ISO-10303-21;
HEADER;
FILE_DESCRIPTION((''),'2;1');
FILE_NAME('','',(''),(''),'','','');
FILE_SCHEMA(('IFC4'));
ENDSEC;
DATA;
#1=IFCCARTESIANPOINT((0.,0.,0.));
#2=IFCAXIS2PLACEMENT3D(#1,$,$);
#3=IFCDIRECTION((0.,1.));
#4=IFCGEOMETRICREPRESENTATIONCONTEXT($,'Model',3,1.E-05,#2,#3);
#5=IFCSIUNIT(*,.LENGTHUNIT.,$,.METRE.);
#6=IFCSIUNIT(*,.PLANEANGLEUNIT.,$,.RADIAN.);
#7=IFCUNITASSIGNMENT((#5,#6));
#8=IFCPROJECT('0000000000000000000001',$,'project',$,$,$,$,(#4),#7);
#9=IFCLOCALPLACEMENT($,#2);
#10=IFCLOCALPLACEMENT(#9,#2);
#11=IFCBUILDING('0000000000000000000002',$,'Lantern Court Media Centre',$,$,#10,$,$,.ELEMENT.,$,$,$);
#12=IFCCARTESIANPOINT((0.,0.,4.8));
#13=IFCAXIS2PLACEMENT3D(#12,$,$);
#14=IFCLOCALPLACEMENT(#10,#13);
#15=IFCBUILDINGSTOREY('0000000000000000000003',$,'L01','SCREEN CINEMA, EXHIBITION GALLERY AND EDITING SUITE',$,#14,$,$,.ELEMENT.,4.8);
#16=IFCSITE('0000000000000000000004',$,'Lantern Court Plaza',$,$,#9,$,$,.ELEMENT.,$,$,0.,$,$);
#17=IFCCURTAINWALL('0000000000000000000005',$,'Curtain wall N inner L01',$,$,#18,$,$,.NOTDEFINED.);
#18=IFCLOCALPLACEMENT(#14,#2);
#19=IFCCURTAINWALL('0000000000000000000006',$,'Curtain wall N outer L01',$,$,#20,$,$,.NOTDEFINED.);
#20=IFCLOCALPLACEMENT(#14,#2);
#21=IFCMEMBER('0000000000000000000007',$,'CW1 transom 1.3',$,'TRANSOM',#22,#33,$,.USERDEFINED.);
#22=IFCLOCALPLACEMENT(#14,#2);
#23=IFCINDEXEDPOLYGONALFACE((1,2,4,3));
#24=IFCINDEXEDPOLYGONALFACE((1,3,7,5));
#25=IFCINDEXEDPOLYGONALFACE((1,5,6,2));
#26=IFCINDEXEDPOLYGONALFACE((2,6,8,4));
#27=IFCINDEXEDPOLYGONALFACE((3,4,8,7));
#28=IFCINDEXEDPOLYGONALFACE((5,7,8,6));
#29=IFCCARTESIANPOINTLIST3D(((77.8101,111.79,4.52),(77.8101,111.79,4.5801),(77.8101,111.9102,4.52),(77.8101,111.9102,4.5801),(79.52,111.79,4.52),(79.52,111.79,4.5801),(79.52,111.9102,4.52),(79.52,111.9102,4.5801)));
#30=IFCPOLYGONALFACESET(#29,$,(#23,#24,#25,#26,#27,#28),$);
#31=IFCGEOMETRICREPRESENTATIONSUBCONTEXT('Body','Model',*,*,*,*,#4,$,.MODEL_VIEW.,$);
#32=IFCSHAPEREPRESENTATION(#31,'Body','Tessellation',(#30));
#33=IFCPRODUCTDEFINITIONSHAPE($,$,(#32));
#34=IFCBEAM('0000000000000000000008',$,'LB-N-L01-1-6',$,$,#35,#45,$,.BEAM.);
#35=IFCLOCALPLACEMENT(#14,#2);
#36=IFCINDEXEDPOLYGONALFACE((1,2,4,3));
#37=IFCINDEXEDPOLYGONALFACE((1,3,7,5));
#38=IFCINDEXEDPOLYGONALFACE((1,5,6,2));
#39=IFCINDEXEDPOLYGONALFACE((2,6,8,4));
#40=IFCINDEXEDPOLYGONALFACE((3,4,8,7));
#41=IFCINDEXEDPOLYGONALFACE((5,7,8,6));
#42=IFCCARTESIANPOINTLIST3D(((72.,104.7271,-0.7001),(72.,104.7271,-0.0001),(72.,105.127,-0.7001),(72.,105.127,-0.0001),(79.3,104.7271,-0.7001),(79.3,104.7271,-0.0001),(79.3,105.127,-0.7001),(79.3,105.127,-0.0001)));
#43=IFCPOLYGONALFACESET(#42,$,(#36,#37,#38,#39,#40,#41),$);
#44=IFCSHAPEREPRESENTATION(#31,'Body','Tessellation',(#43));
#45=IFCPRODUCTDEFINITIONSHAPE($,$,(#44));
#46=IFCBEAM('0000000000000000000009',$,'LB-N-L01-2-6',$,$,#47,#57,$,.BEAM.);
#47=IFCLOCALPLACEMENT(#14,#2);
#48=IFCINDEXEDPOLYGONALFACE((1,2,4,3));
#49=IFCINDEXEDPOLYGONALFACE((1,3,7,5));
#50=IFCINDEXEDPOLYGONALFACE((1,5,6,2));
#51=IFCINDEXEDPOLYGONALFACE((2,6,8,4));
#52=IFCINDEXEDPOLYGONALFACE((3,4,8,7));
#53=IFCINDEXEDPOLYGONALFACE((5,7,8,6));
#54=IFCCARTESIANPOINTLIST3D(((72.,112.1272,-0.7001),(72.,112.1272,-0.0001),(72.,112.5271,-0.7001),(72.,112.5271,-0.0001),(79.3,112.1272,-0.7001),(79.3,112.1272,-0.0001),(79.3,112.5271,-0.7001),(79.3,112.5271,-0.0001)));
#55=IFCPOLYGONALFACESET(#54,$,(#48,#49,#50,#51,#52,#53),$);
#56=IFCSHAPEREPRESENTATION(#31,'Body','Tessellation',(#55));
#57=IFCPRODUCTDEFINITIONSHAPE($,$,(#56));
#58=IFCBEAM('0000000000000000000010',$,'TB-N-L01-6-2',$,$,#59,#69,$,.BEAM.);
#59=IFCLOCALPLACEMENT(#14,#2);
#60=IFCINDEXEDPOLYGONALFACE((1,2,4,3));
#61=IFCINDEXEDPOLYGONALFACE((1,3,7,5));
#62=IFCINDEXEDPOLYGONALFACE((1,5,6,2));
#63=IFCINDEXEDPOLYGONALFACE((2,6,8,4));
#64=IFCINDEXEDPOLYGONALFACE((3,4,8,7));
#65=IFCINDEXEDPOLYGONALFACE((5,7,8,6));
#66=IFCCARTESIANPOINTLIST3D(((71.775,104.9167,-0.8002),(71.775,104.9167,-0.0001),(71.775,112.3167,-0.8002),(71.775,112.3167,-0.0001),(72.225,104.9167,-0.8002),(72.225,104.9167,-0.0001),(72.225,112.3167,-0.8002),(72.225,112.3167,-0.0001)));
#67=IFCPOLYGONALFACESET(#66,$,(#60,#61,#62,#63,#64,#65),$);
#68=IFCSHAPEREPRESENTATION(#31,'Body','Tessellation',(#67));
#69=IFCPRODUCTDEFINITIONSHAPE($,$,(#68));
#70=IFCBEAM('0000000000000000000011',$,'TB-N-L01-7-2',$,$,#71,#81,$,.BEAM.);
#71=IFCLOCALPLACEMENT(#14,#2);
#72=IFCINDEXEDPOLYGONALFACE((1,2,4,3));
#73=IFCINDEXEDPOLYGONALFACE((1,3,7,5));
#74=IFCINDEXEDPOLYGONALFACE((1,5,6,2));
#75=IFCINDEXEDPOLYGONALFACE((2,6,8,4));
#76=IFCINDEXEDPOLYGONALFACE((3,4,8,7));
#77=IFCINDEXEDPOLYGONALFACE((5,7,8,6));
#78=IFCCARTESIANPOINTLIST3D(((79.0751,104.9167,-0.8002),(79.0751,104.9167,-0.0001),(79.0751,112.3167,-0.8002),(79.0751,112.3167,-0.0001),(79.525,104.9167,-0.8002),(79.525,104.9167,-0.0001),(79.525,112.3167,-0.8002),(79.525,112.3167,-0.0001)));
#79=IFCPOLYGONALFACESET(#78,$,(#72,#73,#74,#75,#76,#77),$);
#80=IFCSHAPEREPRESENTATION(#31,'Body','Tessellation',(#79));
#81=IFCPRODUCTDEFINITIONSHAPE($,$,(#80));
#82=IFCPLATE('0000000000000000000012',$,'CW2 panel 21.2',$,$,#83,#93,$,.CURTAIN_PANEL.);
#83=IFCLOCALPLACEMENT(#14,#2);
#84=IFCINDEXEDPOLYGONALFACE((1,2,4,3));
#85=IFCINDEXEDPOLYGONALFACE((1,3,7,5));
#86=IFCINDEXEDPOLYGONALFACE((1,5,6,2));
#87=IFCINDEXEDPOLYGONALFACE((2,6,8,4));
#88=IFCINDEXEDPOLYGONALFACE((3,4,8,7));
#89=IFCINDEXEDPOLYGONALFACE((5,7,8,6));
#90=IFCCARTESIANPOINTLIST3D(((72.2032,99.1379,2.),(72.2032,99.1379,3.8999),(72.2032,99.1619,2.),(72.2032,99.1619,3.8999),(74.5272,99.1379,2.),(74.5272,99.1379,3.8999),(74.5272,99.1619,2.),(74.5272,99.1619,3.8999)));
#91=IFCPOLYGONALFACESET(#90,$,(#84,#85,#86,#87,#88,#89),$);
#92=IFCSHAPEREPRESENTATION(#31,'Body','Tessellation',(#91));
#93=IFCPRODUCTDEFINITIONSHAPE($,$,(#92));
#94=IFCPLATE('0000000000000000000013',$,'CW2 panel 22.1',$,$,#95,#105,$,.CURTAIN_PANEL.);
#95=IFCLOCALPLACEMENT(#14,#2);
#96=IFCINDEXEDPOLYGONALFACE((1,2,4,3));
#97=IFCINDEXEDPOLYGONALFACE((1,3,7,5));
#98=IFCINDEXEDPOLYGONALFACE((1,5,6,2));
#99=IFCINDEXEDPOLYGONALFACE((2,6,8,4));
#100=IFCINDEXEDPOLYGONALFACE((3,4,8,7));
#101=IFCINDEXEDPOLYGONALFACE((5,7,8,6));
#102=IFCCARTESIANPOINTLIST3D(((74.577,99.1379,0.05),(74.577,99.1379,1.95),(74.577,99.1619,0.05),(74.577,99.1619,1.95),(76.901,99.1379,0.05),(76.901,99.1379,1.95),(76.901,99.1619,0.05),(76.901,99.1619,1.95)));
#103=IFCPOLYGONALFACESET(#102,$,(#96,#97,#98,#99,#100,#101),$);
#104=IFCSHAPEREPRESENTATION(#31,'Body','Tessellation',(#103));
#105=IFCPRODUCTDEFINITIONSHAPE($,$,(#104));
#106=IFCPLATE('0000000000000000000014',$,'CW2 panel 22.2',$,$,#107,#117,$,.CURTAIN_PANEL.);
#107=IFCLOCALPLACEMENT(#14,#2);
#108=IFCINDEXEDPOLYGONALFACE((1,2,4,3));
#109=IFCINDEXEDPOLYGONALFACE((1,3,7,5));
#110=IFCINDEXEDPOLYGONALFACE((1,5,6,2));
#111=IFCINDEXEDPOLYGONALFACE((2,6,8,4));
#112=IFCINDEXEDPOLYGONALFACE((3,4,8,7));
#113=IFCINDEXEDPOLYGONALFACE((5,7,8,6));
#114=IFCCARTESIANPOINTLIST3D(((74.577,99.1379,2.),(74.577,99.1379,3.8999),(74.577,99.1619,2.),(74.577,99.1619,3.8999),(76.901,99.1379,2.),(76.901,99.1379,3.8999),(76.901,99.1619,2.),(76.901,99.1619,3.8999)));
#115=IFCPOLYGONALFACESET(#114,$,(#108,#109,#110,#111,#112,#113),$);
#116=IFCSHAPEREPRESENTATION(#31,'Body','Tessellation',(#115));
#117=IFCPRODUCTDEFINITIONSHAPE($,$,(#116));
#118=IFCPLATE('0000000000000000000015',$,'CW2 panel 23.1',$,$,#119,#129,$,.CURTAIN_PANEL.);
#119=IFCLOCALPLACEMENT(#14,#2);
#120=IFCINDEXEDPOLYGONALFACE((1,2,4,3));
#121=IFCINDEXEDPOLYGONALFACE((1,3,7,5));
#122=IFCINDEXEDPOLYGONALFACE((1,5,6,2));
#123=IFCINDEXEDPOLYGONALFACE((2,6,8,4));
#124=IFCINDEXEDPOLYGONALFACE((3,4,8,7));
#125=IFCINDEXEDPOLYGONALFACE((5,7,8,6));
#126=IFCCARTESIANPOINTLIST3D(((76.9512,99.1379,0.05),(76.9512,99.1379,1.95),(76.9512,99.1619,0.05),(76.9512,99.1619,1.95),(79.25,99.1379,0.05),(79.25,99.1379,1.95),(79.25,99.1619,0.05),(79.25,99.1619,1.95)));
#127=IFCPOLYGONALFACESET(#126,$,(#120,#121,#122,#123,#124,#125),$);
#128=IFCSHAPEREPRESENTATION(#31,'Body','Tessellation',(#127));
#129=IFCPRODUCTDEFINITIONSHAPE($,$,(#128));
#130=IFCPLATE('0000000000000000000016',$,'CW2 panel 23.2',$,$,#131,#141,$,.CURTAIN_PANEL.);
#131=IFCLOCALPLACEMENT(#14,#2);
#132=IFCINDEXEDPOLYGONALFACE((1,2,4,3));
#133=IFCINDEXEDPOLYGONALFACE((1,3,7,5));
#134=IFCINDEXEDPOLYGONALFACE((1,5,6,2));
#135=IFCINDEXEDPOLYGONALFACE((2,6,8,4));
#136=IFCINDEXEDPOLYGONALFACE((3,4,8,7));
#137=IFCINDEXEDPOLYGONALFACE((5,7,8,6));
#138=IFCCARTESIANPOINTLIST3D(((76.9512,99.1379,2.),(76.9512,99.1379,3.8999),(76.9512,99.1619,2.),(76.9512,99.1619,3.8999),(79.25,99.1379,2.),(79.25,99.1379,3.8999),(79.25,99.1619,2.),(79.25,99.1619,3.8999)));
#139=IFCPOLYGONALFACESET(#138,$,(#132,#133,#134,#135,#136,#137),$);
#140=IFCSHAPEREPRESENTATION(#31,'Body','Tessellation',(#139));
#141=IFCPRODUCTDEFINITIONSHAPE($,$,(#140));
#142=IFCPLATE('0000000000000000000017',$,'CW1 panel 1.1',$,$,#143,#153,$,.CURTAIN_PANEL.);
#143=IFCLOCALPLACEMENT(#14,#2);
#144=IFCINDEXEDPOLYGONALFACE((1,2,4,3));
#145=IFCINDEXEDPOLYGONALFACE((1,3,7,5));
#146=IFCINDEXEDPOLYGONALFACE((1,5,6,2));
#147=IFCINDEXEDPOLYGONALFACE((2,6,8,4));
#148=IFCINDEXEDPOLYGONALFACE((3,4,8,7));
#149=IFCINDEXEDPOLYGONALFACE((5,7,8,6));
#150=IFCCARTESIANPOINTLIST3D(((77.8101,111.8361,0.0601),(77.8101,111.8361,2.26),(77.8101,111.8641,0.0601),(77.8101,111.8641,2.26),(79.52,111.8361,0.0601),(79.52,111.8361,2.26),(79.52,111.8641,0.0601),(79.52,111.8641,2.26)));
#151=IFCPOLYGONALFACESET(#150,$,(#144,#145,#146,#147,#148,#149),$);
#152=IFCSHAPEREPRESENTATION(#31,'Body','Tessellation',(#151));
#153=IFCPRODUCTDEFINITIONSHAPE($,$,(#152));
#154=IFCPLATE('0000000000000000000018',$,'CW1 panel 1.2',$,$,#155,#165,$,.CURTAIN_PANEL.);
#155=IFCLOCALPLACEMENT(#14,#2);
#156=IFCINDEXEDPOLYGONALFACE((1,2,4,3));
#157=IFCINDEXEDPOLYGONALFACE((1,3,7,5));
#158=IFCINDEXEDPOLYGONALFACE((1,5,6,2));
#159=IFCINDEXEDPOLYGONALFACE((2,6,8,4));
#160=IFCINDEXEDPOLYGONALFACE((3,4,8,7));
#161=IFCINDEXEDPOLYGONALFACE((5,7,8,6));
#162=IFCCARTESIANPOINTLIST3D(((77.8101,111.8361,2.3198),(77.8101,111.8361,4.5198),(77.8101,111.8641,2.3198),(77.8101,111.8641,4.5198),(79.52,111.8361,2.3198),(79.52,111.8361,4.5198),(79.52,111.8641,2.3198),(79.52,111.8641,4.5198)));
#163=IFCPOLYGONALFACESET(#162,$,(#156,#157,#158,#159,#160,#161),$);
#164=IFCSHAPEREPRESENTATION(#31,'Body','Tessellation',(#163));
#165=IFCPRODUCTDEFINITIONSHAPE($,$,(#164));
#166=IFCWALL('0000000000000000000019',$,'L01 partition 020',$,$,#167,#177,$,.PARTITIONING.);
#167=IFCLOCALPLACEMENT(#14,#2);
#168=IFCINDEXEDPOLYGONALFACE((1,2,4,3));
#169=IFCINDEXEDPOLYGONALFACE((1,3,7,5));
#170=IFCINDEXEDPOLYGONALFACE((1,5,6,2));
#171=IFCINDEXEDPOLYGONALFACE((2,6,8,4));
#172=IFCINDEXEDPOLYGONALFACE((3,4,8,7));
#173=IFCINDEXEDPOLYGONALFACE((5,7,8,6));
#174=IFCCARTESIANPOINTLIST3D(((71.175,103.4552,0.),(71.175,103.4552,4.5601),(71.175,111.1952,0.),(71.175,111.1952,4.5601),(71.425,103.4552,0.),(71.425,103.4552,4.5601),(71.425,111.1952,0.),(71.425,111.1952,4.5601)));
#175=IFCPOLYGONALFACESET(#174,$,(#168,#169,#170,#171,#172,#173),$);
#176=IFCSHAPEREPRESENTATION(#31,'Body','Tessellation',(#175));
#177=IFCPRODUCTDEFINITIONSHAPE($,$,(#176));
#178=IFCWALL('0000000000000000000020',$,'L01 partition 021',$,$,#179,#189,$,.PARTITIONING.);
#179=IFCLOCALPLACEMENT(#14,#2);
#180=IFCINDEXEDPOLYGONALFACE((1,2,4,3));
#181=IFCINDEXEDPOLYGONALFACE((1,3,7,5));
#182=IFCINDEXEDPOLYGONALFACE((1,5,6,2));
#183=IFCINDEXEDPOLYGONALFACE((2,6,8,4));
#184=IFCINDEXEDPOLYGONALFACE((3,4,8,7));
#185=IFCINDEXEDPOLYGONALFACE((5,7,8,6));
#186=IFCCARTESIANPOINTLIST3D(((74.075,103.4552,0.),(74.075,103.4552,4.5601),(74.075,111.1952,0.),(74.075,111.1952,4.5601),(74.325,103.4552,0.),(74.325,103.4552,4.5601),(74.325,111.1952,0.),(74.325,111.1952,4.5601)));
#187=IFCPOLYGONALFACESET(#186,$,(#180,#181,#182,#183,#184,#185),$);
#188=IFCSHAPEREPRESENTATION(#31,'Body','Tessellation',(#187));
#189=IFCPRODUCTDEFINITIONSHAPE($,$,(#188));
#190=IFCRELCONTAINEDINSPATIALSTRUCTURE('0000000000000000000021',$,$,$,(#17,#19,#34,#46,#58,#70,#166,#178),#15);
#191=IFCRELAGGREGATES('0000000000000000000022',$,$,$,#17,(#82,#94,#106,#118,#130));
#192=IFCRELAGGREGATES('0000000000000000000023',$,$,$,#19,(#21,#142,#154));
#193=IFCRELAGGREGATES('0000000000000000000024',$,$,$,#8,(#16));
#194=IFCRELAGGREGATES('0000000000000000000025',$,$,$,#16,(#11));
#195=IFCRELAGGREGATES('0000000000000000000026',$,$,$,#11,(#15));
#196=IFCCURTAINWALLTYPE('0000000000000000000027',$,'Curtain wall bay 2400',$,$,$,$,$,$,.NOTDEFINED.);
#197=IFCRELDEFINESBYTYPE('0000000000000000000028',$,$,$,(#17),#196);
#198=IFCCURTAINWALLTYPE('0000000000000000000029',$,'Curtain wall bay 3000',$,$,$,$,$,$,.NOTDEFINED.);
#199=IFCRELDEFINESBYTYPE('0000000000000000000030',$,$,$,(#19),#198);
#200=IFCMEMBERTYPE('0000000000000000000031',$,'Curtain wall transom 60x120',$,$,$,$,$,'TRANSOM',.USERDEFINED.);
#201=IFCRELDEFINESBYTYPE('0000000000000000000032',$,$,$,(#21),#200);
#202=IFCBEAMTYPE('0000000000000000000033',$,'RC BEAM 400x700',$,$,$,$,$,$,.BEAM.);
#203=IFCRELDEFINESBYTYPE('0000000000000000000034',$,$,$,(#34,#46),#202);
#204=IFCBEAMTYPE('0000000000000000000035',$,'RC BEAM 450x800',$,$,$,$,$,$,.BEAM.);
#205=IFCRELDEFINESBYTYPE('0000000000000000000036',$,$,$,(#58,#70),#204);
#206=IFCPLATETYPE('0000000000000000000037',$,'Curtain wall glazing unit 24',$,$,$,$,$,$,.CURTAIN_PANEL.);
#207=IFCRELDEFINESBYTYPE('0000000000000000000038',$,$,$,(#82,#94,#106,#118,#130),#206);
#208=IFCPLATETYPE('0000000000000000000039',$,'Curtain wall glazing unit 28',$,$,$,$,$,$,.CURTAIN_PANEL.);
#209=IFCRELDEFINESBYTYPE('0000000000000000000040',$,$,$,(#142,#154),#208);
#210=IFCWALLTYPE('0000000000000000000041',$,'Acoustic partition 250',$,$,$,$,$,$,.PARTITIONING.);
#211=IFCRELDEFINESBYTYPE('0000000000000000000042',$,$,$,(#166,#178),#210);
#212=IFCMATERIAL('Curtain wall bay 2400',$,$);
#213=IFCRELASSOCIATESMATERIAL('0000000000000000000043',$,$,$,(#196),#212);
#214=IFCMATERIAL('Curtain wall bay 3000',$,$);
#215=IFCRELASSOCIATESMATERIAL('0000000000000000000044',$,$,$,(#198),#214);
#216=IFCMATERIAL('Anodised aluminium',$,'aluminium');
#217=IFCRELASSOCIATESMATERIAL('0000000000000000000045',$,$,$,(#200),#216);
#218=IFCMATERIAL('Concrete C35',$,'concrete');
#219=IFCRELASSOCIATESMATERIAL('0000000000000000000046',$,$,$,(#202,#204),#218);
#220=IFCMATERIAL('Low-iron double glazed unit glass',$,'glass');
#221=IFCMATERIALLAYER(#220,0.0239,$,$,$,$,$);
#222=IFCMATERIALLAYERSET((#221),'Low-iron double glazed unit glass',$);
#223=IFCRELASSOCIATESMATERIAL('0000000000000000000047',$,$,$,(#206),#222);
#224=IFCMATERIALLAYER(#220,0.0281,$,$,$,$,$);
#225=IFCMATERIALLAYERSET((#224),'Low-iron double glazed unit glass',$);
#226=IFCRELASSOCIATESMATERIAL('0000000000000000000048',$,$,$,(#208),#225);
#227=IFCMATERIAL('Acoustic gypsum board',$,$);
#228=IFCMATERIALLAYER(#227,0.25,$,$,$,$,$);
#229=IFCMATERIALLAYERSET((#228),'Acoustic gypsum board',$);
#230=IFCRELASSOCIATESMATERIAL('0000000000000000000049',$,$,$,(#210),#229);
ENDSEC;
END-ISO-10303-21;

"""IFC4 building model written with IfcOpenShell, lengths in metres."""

from ifc_helpers import new_model, si_unit, direction, frame, frame_2d, origin, origin_2d, place, context, subcontext, project, spatial, rectangle, extrude, material, layer, layer_set, material_profile, profile_set, type_object, element, aggregate, save


model = new_model("IFC4")

# Units and contexts
model_context = context("Model", 3, precision=1e-05, world=origin(), true_north=direction((0.0, 1.0)))
body_context = subcontext(model_context, "Body", "Model", "MODEL_VIEW")
ifc_project = project(units=[si_unit("LENGTHUNIT", "METRE"), si_unit("PLANEANGLEUNIT", "RADIAN")], contexts=[model_context])

# Site, building, storey
site_placement = place(None, origin())
site = spatial("IfcSite", under=ifc_project, at=site_placement, Name="Lantern Court Plaza", CompositionType="ELEMENT", RefElevation=0.0)
building_placement = place(site_placement, origin())
building = spatial("IfcBuilding", under=site, at=building_placement, Name="Lantern Court Media Centre", CompositionType="ELEMENT")
storey_placement = place(building_placement, frame((0.0, 0.0, 4.8)))
storey = spatial("IfcBuildingStorey", under=building, at=storey_placement, Name="L01", Description="SCREEN CINEMA, EXHIBITION GALLERY AND EDITING SUITE", CompositionType="ELEMENT", Elevation=4.8)

# Shared definitions
ifc_material_1 = material(Name="Concrete C35", Category="concrete")

# Curtain wall
ifc_material_2 = material(Name="Curtain wall bay 2400")
curtain_wall_type_1 = type_object("IfcCurtainWallType", Name="Curtain wall bay 2400", PredefinedType="NOTDEFINED", material=ifc_material_2)
curtain_wall_1_placement = place(storey_placement, origin())
curtain_wall_1 = element("IfcCurtainWall", 1, at=curtain_wall_1_placement, inside=storey, type_object=curtain_wall_type_1, Name="Curtain wall N inner L01", PredefinedType="NOTDEFINED")
ifc_material_3 = material(Name="Anodised aluminium", Category="aluminium")

# Curtain wall
ifc_material_4 = material(Name="Curtain wall bay 3000")
curtain_wall_type_2 = type_object("IfcCurtainWallType", Name="Curtain wall bay 3000", PredefinedType="NOTDEFINED", material=ifc_material_4)
curtain_wall_2_placement = place(storey_placement, origin())
curtain_wall_2 = element("IfcCurtainWall", 2, at=curtain_wall_2_placement, inside=storey, type_object=curtain_wall_type_2, Name="Curtain wall N outer L01", PredefinedType="NOTDEFINED")

# Member
ifc_material_profile_1 = material_profile(ifc_material_3, rectangle(XDim=0.1201, YDim=0.0601, at=origin_2d()), Name="AL 60x120")
ifc_profile_set_1 = profile_set([ifc_material_profile_1], Name="Anodised aluminium")
member_type_1 = type_object("IfcMemberType", Name="Curtain wall transom 60x120", ElementType="TRANSOM", PredefinedType="USERDEFINED", material=ifc_profile_set_1)
member_1_placement = place(storey_placement, frame((77.8101, 111.8501, 4.55), z_axis=(1.0, 0.0, 0.0), x_axis=(0.0, 1.0, 0.0)))
member_1 = element("IfcMember", 3, at=member_1_placement, type_object=member_type_1, Name="CW1 transom 1.3", ObjectType="TRANSOM", PredefinedType="USERDEFINED", context=body_context, shape_type="SweptSolid", body=[
    extrude(rectangle(XDim=0.1201, YDim=0.0601, at=origin_2d()), origin(), (0.0, 0.0, 1.0), 1.71),
])

# Beams
ifc_material_profile_2 = material_profile(ifc_material_1, rectangle(XDim=0.3999, YDim=0.7, at=origin_2d()), Name="RC 400x700")
ifc_profile_set_2 = profile_set([ifc_material_profile_2], Name="Concrete C35")
beam_type_1 = type_object("IfcBeamType", Name="RC BEAM 400x700", PredefinedType="BEAM", material=ifc_profile_set_2)
for number, where, z_axis, x_axis, name in (
    (4, (72.0, 104.927, -0.3501), (1.0, 0.0, 0.0), (0.0, 1.0, 0.0), "LB-N-L01-1-6"),
    (5, (72.0, 112.3271, -0.3501), (1.0, 0.0, 0.0), (0.0, 1.0, 0.0), "LB-N-L01-2-6"),
):
    element("IfcBeam", number, at=place(storey_placement, frame(where, z_axis=z_axis, x_axis=x_axis)), inside=storey, type_object=beam_type_1, Name=name, PredefinedType="BEAM", context=body_context, shape_type="SweptSolid", body=[
        extrude(rectangle(XDim=0.3999, YDim=0.7, at=origin_2d()), origin(), (0.0, 0.0, 1.0), 7.3),
    ])
ifc_material_profile_3 = material_profile(ifc_material_1, rectangle(XDim=0.45, YDim=0.8, at=origin_2d()), Name="RC 450x800")
ifc_profile_set_3 = profile_set([ifc_material_profile_3], Name="Concrete C35")
beam_type_2 = type_object("IfcBeamType", Name="RC BEAM 450x800", PredefinedType="BEAM", material=ifc_profile_set_3)
for number, where, z_axis, x_axis, name in (
    (6, (72.0, 104.9167, -0.4001), (0.0, 1.0, 0.0), (-1.0, 0.0, 0.0), "TB-N-L01-6-2"),
    (7, (79.3, 104.9167, -0.4001), (0.0, 1.0, 0.0), (-1.0, 0.0, 0.0), "TB-N-L01-7-2"),
):
    element("IfcBeam", number, at=place(storey_placement, frame(where, z_axis=z_axis, x_axis=x_axis)), inside=storey, type_object=beam_type_2, Name=name, PredefinedType="BEAM", context=body_context, shape_type="SweptSolid", body=[
        extrude(rectangle(XDim=0.45, YDim=0.8, at=origin_2d()), origin(), (0.0, 0.0, 1.0), 7.3999),
    ])

# Plates
ifc_material_5 = material(Name="Low-iron double glazed unit glass", Category="glass")
ifc_layer_1 = layer(ifc_material_5, 0.0239)
ifc_layer_set_1 = layer_set([ifc_layer_1], Name="Low-iron double glazed unit glass")
plate_type_1 = type_object("IfcPlateType", Name="Curtain wall glazing unit 24", PredefinedType="CURTAIN_PANEL", material=ifc_layer_set_1)
plate_1_placement = place(storey_placement, frame((73.3652, 99.1499, 2.0), z_axis=(0.0, 0.0, 1.0), x_axis=(1.0, 0.0, 0.0)))
plate_1 = element("IfcPlate", 8, at=plate_1_placement, type_object=plate_type_1, Name="CW2 panel 21.2", PredefinedType="CURTAIN_PANEL", context=body_context, shape_type="SweptSolid", body=[
    extrude(rectangle(XDim=2.324, YDim=0.0239, at=origin_2d()), origin(), (0.0, 0.0, 1.0), 1.8999),
])
plate_2_placement = place(storey_placement, frame((75.739, 99.1499, 0.05), z_axis=(0.0, 0.0, 1.0), x_axis=(1.0, 0.0, 0.0)))
plate_2 = element("IfcPlate", 9, at=plate_2_placement, type_object=plate_type_1, Name="CW2 panel 22.1", PredefinedType="CURTAIN_PANEL", context=body_context, shape_type="SweptSolid", body=[
    extrude(rectangle(XDim=2.324, YDim=0.0239, at=origin_2d()), origin(), (0.0, 0.0, 1.0), 1.8999),
])
plate_3_placement = place(storey_placement, frame((75.739, 99.1499, 2.0), z_axis=(0.0, 0.0, 1.0), x_axis=(1.0, 0.0, 0.0)))
plate_3 = element("IfcPlate", 10, at=plate_3_placement, type_object=plate_type_1, Name="CW2 panel 22.2", PredefinedType="CURTAIN_PANEL", context=body_context, shape_type="SweptSolid", body=[
    extrude(rectangle(XDim=2.324, YDim=0.0239, at=origin_2d()), origin(), (0.0, 0.0, 1.0), 1.8999),
])
plate_4_placement = place(storey_placement, frame((78.1006, 99.1499, 0.05), z_axis=(0.0, 0.0, 1.0), x_axis=(1.0, 0.0, 0.0)))
plate_4 = element("IfcPlate", 11, at=plate_4_placement, type_object=plate_type_1, Name="CW2 panel 23.1", PredefinedType="CURTAIN_PANEL", context=body_context, shape_type="SweptSolid", body=[
    extrude(rectangle(XDim=2.2988, YDim=0.0239, at=origin_2d()), origin(), (0.0, 0.0, 1.0), 1.8999),
])
plate_5_placement = place(storey_placement, frame((78.1006, 99.1499, 2.0), z_axis=(0.0, 0.0, 1.0), x_axis=(1.0, 0.0, 0.0)))
plate_5 = element("IfcPlate", 12, at=plate_5_placement, type_object=plate_type_1, Name="CW2 panel 23.2", PredefinedType="CURTAIN_PANEL", context=body_context, shape_type="SweptSolid", body=[
    extrude(rectangle(XDim=2.2988, YDim=0.0239, at=origin_2d()), origin(), (0.0, 0.0, 1.0), 1.8999),
])
aggregate(curtain_wall_1, [plate_1, plate_2, plate_3, plate_4, plate_5])
ifc_layer_2 = layer(ifc_material_5, 0.0281)
ifc_layer_set_2 = layer_set([ifc_layer_2], Name="Low-iron double glazed unit glass")
plate_type_2 = type_object("IfcPlateType", Name="Curtain wall glazing unit 28", PredefinedType="CURTAIN_PANEL", material=ifc_layer_set_2)
plate_6_placement = place(storey_placement, frame((78.665, 111.8501, 0.0601), z_axis=(0.0, 0.0, 1.0), x_axis=(1.0, 0.0, 0.0)))
plate_6 = element("IfcPlate", 13, at=plate_6_placement, type_object=plate_type_2, Name="CW1 panel 1.1", PredefinedType="CURTAIN_PANEL", context=body_context, shape_type="SweptSolid", body=[
    extrude(rectangle(XDim=1.71, YDim=0.0281, at=origin_2d()), origin(), (0.0, 0.0, 1.0), 2.2),
])
plate_7_placement = place(storey_placement, frame((78.665, 111.8501, 2.3198), z_axis=(0.0, 0.0, 1.0), x_axis=(1.0, 0.0, 0.0)))
plate_7 = element("IfcPlate", 14, at=plate_7_placement, type_object=plate_type_2, Name="CW1 panel 1.2", PredefinedType="CURTAIN_PANEL", context=body_context, shape_type="SweptSolid", body=[
    extrude(rectangle(XDim=1.71, YDim=0.0281, at=origin_2d()), origin(), (0.0, 0.0, 1.0), 2.2),
])
aggregate(curtain_wall_2, [member_1, plate_6, plate_7])

# Walls
ifc_material_6 = material(Name="Acoustic gypsum board")
ifc_layer_3 = layer(ifc_material_6, 0.25)
ifc_layer_set_3 = layer_set([ifc_layer_3], Name="Acoustic gypsum board")
wall_type_1 = type_object("IfcWallType", Name="Acoustic partition 250", PredefinedType="PARTITIONING", material=ifc_layer_set_3)
for number, where, z_axis, x_axis, name in (
    (15, (71.3, 103.4551, 0.0), (0.0, 0.0, 1.0), (0.0, 1.0, 0.0), "L01 partition 020"),
    (16, (74.2, 103.4551, 0.0), (0.0, 0.0, 1.0), (0.0, 1.0, 0.0), "L01 partition 021"),
):
    element("IfcWall", number, at=place(storey_placement, frame(where, z_axis=z_axis, x_axis=x_axis)), inside=storey, type_object=wall_type_1, Name=name, PredefinedType="PARTITIONING", context=body_context, shape_type="SweptSolid", body=[
        extrude(rectangle(XDim=7.74, YDim=0.25, at=frame_2d((3.8701, 0.0))), origin(), (0.0, 0.0, 1.0), 4.5601),
    ])

save(model, "model.ifc")
